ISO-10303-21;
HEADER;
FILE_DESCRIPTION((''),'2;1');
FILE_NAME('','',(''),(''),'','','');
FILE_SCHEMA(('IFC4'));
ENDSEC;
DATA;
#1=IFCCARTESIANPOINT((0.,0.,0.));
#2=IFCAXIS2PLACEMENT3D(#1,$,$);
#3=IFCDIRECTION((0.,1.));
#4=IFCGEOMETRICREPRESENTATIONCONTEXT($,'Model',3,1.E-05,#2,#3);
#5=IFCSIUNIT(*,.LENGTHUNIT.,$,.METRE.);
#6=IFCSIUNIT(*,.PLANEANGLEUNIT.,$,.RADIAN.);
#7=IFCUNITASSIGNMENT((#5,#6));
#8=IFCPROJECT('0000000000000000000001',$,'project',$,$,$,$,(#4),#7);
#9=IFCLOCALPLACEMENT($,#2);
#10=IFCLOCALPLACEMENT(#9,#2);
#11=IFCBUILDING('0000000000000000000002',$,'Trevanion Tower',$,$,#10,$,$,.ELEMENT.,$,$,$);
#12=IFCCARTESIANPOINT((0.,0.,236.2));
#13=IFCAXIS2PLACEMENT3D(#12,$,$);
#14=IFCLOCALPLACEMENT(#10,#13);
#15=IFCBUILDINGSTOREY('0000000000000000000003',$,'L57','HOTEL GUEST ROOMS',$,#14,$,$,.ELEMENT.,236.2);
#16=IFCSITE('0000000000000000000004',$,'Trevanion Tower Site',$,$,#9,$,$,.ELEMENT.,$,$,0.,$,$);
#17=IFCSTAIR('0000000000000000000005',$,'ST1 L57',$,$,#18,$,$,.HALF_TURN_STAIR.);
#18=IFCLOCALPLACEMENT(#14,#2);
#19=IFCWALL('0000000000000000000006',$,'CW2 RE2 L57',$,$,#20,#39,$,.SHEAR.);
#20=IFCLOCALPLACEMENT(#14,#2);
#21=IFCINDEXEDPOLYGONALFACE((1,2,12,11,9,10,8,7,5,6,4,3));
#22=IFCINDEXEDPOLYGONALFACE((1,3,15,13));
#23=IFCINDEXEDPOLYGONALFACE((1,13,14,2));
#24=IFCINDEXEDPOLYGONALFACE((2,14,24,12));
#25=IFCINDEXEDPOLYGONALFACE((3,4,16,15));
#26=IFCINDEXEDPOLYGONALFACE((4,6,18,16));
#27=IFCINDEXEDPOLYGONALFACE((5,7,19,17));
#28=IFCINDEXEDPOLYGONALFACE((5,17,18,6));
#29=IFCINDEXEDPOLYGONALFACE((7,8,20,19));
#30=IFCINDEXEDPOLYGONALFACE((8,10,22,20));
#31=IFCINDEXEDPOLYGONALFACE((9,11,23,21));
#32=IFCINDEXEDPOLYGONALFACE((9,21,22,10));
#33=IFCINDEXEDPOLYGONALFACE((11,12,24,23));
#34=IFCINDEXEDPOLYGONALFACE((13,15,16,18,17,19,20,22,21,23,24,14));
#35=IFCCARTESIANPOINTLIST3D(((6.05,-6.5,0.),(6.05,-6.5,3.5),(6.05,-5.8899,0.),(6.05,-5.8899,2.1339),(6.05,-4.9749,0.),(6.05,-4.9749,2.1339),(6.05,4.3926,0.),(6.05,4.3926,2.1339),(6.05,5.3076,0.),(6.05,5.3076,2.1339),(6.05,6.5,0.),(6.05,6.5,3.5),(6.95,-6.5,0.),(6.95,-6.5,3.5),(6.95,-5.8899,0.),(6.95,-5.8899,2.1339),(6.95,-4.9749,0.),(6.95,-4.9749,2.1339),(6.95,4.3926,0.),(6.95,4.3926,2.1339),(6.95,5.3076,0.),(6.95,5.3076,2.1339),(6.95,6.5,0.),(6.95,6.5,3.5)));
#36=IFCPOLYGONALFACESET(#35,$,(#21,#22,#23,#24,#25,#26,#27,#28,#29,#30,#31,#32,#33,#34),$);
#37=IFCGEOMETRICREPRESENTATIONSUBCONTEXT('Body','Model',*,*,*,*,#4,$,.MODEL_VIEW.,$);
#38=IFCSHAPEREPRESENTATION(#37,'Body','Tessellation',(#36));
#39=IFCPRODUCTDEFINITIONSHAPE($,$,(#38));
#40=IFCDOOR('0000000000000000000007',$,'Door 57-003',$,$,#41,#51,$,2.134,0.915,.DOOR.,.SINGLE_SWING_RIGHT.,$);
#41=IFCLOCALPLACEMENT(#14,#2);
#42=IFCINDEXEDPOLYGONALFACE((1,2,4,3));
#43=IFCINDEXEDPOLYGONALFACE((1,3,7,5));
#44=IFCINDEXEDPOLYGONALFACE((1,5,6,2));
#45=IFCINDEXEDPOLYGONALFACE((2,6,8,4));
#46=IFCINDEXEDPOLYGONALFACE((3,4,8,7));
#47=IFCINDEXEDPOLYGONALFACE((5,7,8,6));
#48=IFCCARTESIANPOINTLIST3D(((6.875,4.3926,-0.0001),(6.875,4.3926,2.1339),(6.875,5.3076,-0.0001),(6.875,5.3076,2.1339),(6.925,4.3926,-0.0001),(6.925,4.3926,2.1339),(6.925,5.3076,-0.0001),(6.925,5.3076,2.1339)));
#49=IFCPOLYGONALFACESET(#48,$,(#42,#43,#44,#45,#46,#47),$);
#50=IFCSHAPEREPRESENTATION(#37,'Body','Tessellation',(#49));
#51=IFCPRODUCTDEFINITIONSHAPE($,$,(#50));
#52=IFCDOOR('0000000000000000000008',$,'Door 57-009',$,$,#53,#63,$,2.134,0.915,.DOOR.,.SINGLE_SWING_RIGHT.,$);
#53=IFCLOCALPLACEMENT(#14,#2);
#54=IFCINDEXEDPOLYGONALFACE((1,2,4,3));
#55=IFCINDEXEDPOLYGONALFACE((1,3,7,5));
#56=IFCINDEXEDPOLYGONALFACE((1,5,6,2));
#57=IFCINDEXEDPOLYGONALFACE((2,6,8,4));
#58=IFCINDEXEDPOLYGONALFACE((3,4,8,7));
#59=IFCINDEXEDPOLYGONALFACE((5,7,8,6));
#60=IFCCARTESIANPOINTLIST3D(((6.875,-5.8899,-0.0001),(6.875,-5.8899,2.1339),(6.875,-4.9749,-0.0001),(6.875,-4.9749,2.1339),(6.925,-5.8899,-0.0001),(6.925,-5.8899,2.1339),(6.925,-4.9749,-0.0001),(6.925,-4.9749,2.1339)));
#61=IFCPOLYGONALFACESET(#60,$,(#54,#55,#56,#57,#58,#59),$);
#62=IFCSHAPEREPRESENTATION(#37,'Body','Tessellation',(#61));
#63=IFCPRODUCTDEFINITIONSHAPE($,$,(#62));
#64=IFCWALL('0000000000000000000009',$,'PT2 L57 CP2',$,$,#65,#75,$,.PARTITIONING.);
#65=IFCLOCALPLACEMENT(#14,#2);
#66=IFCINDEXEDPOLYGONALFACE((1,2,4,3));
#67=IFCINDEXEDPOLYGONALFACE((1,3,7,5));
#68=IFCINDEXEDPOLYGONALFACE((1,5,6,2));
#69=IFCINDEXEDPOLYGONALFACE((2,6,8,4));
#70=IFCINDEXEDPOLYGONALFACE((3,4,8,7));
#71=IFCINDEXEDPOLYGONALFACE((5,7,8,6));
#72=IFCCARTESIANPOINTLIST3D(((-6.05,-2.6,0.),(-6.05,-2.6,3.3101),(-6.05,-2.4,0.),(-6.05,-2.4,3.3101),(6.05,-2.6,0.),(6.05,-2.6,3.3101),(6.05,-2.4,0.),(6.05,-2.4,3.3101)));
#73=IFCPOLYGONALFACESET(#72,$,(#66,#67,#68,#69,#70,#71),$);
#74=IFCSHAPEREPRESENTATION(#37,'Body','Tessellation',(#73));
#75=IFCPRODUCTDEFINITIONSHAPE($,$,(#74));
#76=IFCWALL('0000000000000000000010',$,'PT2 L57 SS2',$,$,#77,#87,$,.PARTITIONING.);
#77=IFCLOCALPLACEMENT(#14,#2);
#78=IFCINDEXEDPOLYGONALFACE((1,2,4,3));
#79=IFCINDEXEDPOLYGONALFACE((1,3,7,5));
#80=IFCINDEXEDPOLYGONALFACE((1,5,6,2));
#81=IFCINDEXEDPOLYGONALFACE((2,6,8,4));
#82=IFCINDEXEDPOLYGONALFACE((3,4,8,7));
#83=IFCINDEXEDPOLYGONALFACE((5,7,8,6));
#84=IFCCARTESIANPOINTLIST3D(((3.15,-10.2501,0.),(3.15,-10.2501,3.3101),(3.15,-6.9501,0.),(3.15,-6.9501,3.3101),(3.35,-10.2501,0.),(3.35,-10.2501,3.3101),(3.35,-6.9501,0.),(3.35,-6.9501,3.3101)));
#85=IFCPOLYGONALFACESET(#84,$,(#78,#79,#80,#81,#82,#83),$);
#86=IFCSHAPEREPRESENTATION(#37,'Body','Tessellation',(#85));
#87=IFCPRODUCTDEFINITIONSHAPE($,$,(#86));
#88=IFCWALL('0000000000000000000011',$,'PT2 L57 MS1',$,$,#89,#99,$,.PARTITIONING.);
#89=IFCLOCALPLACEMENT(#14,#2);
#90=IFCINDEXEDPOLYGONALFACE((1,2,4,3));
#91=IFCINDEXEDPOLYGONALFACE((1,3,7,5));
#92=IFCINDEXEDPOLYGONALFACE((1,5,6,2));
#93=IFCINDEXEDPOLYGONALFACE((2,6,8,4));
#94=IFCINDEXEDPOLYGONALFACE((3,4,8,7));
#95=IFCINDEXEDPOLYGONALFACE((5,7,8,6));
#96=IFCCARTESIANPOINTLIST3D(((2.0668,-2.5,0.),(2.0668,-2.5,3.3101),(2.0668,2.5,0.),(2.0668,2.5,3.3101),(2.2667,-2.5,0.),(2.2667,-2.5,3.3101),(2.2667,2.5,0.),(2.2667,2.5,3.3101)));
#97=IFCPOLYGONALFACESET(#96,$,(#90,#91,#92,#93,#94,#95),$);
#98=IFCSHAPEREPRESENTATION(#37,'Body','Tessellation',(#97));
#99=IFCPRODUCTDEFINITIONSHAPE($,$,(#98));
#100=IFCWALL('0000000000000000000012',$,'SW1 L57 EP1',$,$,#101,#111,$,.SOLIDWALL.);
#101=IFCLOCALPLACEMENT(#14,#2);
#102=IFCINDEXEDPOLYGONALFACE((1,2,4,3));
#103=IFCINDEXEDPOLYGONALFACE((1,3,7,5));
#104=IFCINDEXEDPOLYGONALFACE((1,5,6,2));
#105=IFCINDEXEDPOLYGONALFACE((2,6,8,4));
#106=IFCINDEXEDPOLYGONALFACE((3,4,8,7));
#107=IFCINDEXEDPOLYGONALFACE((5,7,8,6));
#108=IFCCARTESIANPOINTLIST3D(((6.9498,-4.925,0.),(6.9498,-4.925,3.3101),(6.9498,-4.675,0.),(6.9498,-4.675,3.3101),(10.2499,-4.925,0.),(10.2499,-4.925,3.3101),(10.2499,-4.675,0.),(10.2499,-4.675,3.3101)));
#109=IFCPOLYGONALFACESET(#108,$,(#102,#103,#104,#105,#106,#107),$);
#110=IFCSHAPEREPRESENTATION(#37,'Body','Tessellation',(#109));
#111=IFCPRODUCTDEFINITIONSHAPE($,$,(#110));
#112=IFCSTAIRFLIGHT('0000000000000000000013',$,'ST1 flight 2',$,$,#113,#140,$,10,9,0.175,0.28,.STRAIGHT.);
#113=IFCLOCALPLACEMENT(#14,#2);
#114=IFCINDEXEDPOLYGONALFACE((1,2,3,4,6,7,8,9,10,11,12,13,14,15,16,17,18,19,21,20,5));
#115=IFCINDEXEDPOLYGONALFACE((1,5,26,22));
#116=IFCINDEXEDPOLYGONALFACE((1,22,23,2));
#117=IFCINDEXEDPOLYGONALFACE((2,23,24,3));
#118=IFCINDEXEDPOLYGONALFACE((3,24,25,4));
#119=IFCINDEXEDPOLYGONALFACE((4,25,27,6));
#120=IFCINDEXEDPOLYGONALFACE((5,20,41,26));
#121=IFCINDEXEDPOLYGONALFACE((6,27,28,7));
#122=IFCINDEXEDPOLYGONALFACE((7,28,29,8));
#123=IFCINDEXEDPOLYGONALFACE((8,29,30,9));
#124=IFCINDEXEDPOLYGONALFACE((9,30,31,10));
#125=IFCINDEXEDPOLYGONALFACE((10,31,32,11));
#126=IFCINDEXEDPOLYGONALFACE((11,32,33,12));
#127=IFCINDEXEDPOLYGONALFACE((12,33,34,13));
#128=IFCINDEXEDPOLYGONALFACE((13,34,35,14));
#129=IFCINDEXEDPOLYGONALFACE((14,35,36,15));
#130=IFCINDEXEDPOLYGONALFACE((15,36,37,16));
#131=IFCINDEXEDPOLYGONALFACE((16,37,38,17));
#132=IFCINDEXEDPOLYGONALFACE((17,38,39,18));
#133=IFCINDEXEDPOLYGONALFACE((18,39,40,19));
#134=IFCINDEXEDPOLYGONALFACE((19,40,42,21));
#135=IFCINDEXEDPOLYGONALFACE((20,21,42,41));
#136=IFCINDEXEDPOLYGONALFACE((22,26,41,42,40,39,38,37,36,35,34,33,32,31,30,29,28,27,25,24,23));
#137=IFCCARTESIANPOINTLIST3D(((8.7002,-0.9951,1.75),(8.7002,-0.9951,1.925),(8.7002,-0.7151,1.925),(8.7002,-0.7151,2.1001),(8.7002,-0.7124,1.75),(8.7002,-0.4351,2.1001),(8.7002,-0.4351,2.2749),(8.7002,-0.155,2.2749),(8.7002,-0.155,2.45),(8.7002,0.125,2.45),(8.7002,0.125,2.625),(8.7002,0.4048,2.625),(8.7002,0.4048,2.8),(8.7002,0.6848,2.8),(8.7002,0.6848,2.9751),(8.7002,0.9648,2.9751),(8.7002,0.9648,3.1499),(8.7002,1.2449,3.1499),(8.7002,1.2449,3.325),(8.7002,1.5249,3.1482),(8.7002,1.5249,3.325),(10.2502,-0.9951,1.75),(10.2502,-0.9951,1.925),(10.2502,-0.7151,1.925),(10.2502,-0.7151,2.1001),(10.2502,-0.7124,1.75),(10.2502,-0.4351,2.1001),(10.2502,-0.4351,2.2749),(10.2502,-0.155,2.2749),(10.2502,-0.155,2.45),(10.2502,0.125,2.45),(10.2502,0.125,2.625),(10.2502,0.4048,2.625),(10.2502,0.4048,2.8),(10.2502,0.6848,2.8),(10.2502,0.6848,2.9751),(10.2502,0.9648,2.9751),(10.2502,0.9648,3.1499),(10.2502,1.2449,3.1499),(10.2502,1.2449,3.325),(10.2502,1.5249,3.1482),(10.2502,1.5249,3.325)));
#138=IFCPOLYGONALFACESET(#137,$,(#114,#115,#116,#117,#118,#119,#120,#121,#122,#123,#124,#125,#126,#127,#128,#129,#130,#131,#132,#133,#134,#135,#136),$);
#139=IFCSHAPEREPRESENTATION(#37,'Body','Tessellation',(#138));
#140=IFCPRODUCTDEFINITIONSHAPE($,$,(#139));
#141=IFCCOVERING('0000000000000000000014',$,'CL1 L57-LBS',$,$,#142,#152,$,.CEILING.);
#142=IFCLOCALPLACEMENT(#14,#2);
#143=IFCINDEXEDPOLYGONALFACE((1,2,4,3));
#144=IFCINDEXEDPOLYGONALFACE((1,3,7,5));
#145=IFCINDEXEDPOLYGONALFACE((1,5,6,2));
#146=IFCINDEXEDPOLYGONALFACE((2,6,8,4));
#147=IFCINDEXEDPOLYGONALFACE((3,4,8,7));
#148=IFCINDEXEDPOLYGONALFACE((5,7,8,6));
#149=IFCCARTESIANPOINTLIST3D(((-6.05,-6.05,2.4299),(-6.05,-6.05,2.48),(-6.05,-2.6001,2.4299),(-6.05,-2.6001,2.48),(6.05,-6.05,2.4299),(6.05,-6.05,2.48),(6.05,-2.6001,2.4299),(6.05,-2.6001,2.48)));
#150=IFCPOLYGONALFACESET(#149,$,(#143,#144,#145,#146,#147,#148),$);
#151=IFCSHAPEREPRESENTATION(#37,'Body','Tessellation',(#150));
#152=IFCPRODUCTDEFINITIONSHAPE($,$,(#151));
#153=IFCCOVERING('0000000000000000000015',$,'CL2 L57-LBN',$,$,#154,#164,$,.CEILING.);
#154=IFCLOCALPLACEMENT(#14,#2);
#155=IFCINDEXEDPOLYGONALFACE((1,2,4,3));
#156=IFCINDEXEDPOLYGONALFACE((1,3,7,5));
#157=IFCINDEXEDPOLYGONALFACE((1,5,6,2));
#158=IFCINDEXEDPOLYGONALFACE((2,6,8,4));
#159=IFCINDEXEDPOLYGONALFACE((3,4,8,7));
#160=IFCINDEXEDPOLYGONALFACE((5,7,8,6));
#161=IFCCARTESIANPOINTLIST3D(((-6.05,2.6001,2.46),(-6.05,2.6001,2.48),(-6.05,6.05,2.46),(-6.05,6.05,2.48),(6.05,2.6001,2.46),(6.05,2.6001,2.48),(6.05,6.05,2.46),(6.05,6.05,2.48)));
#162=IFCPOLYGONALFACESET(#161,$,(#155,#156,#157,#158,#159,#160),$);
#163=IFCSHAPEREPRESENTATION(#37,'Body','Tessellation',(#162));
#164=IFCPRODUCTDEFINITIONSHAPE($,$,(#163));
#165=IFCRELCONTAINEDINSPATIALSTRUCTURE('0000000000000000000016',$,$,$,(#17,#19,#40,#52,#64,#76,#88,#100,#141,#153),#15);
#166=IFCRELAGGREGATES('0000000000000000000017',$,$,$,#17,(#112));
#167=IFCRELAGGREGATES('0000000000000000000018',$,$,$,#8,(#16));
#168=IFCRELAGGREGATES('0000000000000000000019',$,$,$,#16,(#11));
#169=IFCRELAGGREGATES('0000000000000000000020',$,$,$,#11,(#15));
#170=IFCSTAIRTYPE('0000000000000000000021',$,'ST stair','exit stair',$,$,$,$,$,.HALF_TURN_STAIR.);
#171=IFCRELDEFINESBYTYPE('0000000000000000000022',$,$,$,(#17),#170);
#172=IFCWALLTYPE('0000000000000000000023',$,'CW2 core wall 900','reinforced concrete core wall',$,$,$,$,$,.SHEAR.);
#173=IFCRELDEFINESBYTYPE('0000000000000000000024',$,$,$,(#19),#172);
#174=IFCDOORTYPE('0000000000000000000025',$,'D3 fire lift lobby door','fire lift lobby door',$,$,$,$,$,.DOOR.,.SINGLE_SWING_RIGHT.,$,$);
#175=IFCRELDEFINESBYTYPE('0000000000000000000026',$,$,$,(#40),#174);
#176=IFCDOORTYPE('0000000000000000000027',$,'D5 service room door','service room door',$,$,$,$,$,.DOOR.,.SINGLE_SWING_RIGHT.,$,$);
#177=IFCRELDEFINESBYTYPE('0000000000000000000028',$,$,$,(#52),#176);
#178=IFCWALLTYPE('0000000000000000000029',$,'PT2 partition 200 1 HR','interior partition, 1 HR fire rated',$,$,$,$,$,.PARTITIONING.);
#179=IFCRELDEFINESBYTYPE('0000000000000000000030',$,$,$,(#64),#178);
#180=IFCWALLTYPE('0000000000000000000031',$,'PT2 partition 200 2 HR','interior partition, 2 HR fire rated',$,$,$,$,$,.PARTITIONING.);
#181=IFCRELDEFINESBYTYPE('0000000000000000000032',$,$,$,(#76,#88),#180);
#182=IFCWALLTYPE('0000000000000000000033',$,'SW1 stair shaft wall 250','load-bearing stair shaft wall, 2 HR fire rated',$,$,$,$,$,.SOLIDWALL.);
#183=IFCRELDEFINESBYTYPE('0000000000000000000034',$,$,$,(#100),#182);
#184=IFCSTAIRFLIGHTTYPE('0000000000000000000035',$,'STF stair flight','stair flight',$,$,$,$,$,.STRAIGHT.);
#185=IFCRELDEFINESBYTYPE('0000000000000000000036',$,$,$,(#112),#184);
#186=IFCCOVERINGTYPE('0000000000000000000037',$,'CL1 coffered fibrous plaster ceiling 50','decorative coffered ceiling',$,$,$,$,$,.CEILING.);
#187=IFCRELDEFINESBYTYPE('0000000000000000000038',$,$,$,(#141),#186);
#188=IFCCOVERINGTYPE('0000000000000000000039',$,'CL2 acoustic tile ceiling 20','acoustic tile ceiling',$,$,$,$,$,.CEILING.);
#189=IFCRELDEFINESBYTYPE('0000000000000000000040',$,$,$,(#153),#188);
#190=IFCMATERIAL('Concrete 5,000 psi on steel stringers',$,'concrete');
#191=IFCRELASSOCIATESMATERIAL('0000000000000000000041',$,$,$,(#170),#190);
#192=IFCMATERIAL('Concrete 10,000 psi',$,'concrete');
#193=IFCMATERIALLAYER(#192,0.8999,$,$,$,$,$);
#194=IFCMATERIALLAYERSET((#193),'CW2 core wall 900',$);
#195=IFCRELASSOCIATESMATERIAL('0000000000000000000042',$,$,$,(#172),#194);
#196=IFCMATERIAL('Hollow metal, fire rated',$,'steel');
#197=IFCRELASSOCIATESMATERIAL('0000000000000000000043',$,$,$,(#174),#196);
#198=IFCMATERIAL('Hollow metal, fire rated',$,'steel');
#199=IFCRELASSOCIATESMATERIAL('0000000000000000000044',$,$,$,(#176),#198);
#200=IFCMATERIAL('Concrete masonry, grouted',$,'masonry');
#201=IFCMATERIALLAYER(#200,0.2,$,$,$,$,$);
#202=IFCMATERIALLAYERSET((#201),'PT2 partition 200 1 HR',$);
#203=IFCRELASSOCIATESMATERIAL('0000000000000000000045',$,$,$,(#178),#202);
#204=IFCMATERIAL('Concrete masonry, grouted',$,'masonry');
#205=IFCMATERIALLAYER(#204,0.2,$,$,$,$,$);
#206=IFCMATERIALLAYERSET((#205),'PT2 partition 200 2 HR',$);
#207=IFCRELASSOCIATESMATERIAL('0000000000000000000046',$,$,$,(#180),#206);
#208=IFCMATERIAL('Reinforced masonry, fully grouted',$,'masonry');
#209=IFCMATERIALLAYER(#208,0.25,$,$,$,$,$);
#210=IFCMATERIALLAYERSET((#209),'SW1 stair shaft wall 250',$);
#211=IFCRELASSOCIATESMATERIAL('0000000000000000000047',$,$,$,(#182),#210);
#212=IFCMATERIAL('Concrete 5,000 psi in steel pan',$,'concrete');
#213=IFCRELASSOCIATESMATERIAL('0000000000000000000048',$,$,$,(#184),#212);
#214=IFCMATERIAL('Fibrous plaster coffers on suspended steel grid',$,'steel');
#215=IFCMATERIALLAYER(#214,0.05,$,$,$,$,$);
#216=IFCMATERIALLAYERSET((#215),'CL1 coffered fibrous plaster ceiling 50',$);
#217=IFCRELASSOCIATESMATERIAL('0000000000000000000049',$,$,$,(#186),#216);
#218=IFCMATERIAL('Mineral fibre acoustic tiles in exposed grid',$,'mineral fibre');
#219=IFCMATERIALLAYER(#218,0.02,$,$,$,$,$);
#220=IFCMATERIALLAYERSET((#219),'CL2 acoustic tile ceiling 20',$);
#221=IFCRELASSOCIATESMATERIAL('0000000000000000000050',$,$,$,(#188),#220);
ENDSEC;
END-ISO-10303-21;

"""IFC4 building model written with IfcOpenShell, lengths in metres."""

from ifc_helpers import new_model, si_unit, direction, frame, frame_2d, origin, place, context, subcontext, project, spatial, polyline, rectangle, outline, extrude, material, layer, layer_set, type_object, element, fill, aggregate, save


model = new_model("IFC4")

# Units and contexts
model_context = context("Model", 3, precision=1e-05, world=origin(), true_north=direction((0.0, 1.0)))
body_context = subcontext(model_context, "Body", "Model", "MODEL_VIEW")
ifc_project = project(units=[si_unit("LENGTHUNIT", "METRE"), si_unit("PLANEANGLEUNIT", "RADIAN")], contexts=[model_context])

# Site, building, storey
site_placement = place(None, origin())
site = spatial("IfcSite", under=ifc_project, at=site_placement, Name="Trevanion Tower Site", CompositionType="ELEMENT", RefElevation=0.0)
building_placement = place(site_placement, origin())
building = spatial("IfcBuilding", under=site, at=building_placement, Name="Trevanion Tower", CompositionType="ELEMENT")
storey_placement = place(building_placement, frame((0.0, 0.0, 236.2)))
storey = spatial("IfcBuildingStorey", under=building, at=storey_placement, Name="L57", Description="HOTEL GUEST ROOMS", CompositionType="ELEMENT", Elevation=236.2)

# Stair
ifc_material_1 = material(Name="Concrete 5,000 psi on steel stringers", Category="concrete")
stair_type = type_object("IfcStairType", Name="ST stair", Description="exit stair", PredefinedType="HALF_TURN_STAIR", material=ifc_material_1)
stair_1_placement = place(storey_placement, origin())
stair_1 = element("IfcStair", 1, at=stair_1_placement, inside=storey, type_object=stair_type, Name="ST1 L57", PredefinedType="HALF_TURN_STAIR")

# Wall, openings, doors
ifc_material_2 = material(Name="Concrete 10,000 psi", Category="concrete")
ifc_layer_1 = layer(ifc_material_2, 0.8999)
ifc_layer_set_1 = layer_set([ifc_layer_1], Name="CW2 core wall 900")
wall_type_1 = type_object("IfcWallType", Name="CW2 core wall 900", Description="reinforced concrete core wall", PredefinedType="SHEAR", material=ifc_layer_set_1)
wall_1_placement = place(storey_placement, frame((6.5, -6.5, 0.0), z_axis=(0.0, 0.0, 1.0), x_axis=(0.0, 1.0, 0.0)))
wall_1 = element("IfcWall", 2, at=wall_1_placement, inside=storey, type_object=wall_type_1, Name="CW2 RE2 L57", PredefinedType="SHEAR", context=body_context, shape_type="SweptSolid", body=[
    extrude(rectangle(XDim=13.0, YDim=0.8999, at=frame_2d((6.5, 0.0))), origin(), (0.0, 0.0, 1.0), 3.5),
])
opening_1_placement = place(wall_1_placement, frame((10.8926, 0.0, 0.0)))
opening_1 = element("IfcOpeningElement", 3, at=opening_1_placement, cuts=wall_1, PredefinedType="OPENING", context=body_context, shape_type="SweptSolid", body=[
    extrude(rectangle(XDim=0.915, YDim=2.134, at=frame_2d((0.4575, 1.0669))), frame((0.0, 0.46, 0.0), z_axis=(0.0, -1.0, 0.0), x_axis=(1.0, 0.0, 0.0)), (0.0, 0.0, 1.0), 0.9199),
])
opening_2_placement = place(wall_1_placement, frame((0.6101, 0.0, 0.0)))
opening_2 = element("IfcOpeningElement", 4, at=opening_2_placement, cuts=wall_1, PredefinedType="OPENING", context=body_context, shape_type="SweptSolid", body=[
    extrude(rectangle(XDim=0.915, YDim=2.134, at=frame_2d((0.4575, 1.0669))), frame((0.0, 0.46, 0.0), z_axis=(0.0, -1.0, 0.0), x_axis=(1.0, 0.0, 0.0)), (0.0, 0.0, 1.0), 0.9199),
])
ifc_material_3 = material(Name="Hollow metal, fire rated", Category="steel")
door_type_1 = type_object("IfcDoorType", Name="D3 fire lift lobby door", Description="fire lift lobby door", OperationType="SINGLE_SWING_RIGHT", PredefinedType="DOOR", material=ifc_material_3)
door_1_placement = place(opening_1_placement, origin())
door_1 = element("IfcDoor", 5, at=door_1_placement, inside=storey, type_object=door_type_1, Name="Door 57-003", OperationType="SINGLE_SWING_RIGHT", OverallHeight=2.134, OverallWidth=0.915, PredefinedType="DOOR", context=body_context, shape_type="SweptSolid", body=[
    extrude(rectangle(XDim=0.915, YDim=2.134, at=frame_2d((0.4575, 1.0669))), frame((0.0, -0.375, 0.0), z_axis=(0.0, -1.0, 0.0), x_axis=(1.0, 0.0, 0.0)), (0.0, 0.0, 1.0), 0.05),
])
fill(opening_1, door_1)
ifc_material_4 = material(Name="Hollow metal, fire rated", Category="steel")
door_type_2 = type_object("IfcDoorType", Name="D5 service room door", Description="service room door", OperationType="SINGLE_SWING_RIGHT", PredefinedType="DOOR", material=ifc_material_4)
door_2_placement = place(opening_2_placement, origin())
door_2 = element("IfcDoor", 6, at=door_2_placement, inside=storey, type_object=door_type_2, Name="Door 57-009", OperationType="SINGLE_SWING_RIGHT", OverallHeight=2.134, OverallWidth=0.915, PredefinedType="DOOR", context=body_context, shape_type="SweptSolid", body=[
    extrude(rectangle(XDim=0.915, YDim=2.134, at=frame_2d((0.4575, 1.0669))), frame((0.0, -0.375, 0.0), z_axis=(0.0, -1.0, 0.0), x_axis=(1.0, 0.0, 0.0)), (0.0, 0.0, 1.0), 0.05),
])
fill(opening_2, door_2)

# Walls
ifc_material_5 = material(Name="Concrete masonry, grouted", Category="masonry")
ifc_layer_2 = layer(ifc_material_5, 0.2)
ifc_layer_set_2 = layer_set([ifc_layer_2], Name="PT2 partition 200 1 HR")
wall_type_2 = type_object("IfcWallType", Name="PT2 partition 200 1 HR", Description="interior partition, 1 HR fire rated", PredefinedType="PARTITIONING", material=ifc_layer_set_2)
wall_2_placement = place(storey_placement, frame((6.05, -2.5, 0.0), z_axis=(0.0, 0.0, 1.0), x_axis=(-1.0, 0.0, 0.0)))
element("IfcWall", 7, at=wall_2_placement, inside=storey, type_object=wall_type_2, Name="PT2 L57 CP2", PredefinedType="PARTITIONING", context=body_context, shape_type="SweptSolid", body=[
    extrude(rectangle(XDim=12.1001, YDim=0.2, at=frame_2d((6.05, 0.0))), origin(), (0.0, 0.0, 1.0), 3.3101),
])
ifc_material_6 = material(Name="Concrete masonry, grouted", Category="masonry")
ifc_layer_3 = layer(ifc_material_6, 0.2)
ifc_layer_set_3 = layer_set([ifc_layer_3], Name="PT2 partition 200 2 HR")
wall_type_3 = type_object("IfcWallType", Name="PT2 partition 200 2 HR", Description="interior partition, 2 HR fire rated", PredefinedType="PARTITIONING", material=ifc_layer_set_3)
wall_3_placement = place(storey_placement, frame((3.25, -10.25, 0.0), z_axis=(0.0, 0.0, 1.0), x_axis=(0.0, 1.0, 0.0)))
element("IfcWall", 8, at=wall_3_placement, inside=storey, type_object=wall_type_3, Name="PT2 L57 SS2", PredefinedType="PARTITIONING", context=body_context, shape_type="SweptSolid", body=[
    extrude(rectangle(XDim=3.3, YDim=0.2, at=frame_2d((1.6499, 0.0))), origin(), (0.0, 0.0, 1.0), 3.3101),
])
wall_4_placement = place(storey_placement, frame((2.1667, -2.5, 0.0), z_axis=(0.0, 0.0, 1.0), x_axis=(0.0, 1.0, 0.0)))
element("IfcWall", 9, at=wall_4_placement, inside=storey, type_object=wall_type_3, Name="PT2 L57 MS1", PredefinedType="PARTITIONING", context=body_context, shape_type="SweptSolid", body=[
    extrude(rectangle(XDim=5.0, YDim=0.2, at=frame_2d((2.5, 0.0))), origin(), (0.0, 0.0, 1.0), 3.3101),
])
ifc_material_7 = material(Name="Reinforced masonry, fully grouted", Category="masonry")
ifc_layer_4 = layer(ifc_material_7, 0.25)
ifc_layer_set_4 = layer_set([ifc_layer_4], Name="SW1 stair shaft wall 250")
wall_type_4 = type_object("IfcWallType", Name="SW1 stair shaft wall 250", Description="load-bearing stair shaft wall, 2 HR fire rated", PredefinedType="SOLIDWALL", material=ifc_layer_set_4)
wall_5_placement = place(storey_placement, frame((6.95, -4.8, 0.0), z_axis=(0.0, 0.0, 1.0), x_axis=(1.0, 0.0, 0.0)))
element("IfcWall", 10, at=wall_5_placement, inside=storey, type_object=wall_type_4, Name="SW1 L57 EP1", PredefinedType="SOLIDWALL", context=body_context, shape_type="SweptSolid", body=[
    extrude(rectangle(XDim=3.3, YDim=0.25, at=frame_2d((1.6499, 0.0))), origin(), (0.0, 0.0, 1.0), 3.3101),
])

# Stair flight
ifc_material_8 = material(Name="Concrete 5,000 psi in steel pan", Category="concrete")
stair_flight_type = type_object("IfcStairFlightType", Name="STF stair flight", Description="stair flight", PredefinedType="STRAIGHT", material=ifc_material_8)
stair_flight_placement = place(storey_placement, frame((9.4751, -0.9951, 1.75), z_axis=(0.0, 0.0, 1.0), x_axis=(0.0, 1.0, 0.0)))
stair_flight = element("IfcStairFlight", 11, at=stair_flight_placement, type_object=stair_flight_type, Name="ST1 flight 2", NumberOfRisers=10, NumberOfTreads=9, PredefinedType="STRAIGHT", RiserHeight=0.175, TreadLength=0.28, context=body_context, shape_type="SweptSolid", body=[
    extrude(outline(polyline([(0.0, 0.0), (0.0, 0.175), (0.28, 0.175), (0.28, 0.3501), (0.5601, 0.3501), (0.5601, 0.5249), (0.8401, 0.5249), (0.8401, 0.7), (1.1201, 0.7), (1.1201, 0.875), (1.3999, 0.875), (1.3999, 1.05), (1.6799, 1.05), (1.6799, 1.2251), (1.96, 1.2251), (1.96, 1.3999), (2.24, 1.3999), (2.24, 1.575), (2.52, 1.575), (2.52, 1.75), (2.52, 1.3982), (0.2827, 0.0), (0.0, 0.0)])), frame((0.0, 0.7749, 0.0), z_axis=(0.0, -1.0, 0.0), x_axis=(1.0, 0.0, 0.0)), (0.0, 0.0, 1.0), 1.55),
])
aggregate(stair_1, [stair_flight])

# Coverings
ifc_material_9 = material(Name="Fibrous plaster coffers on suspended steel grid", Category="steel")
ifc_layer_5 = layer(ifc_material_9, 0.05)
ifc_layer_set_5 = layer_set([ifc_layer_5], Name="CL1 coffered fibrous plaster ceiling 50")
covering_type_1 = type_object("IfcCoveringType", Name="CL1 coffered fibrous plaster ceiling 50", Description="decorative coffered ceiling", PredefinedType="CEILING", material=ifc_layer_set_5)
covering_1_placement = place(storey_placement, frame((0.0, 0.0, 2.4299)))
element("IfcCovering", 12, at=covering_1_placement, inside=storey, type_object=covering_type_1, Name="CL1 L57-LBS", PredefinedType="CEILING", context=body_context, shape_type="SweptSolid", body=[
    extrude(outline(polyline([(6.05, -6.05), (6.05, -2.6001), (-6.05, -2.6001), (-6.05, -6.05), (6.05, -6.05)])), origin(), (0.0, 0.0, 1.0), 0.05),
])
ifc_material_10 = material(Name="Mineral fibre acoustic tiles in exposed grid", Category="mineral fibre")
ifc_layer_6 = layer(ifc_material_10, 0.02)
ifc_layer_set_6 = layer_set([ifc_layer_6], Name="CL2 acoustic tile ceiling 20")
covering_type_2 = type_object("IfcCoveringType", Name="CL2 acoustic tile ceiling 20", Description="acoustic tile ceiling", PredefinedType="CEILING", material=ifc_layer_set_6)
covering_2_placement = place(storey_placement, frame((0.0, 0.0, 2.46)))
element("IfcCovering", 13, at=covering_2_placement, inside=storey, type_object=covering_type_2, Name="CL2 L57-LBN", PredefinedType="CEILING", context=body_context, shape_type="SweptSolid", body=[
    extrude(outline(polyline([(6.05, 2.6001), (6.05, 6.05), (-6.05, 6.05), (-6.05, 2.6001), (6.05, 2.6001)])), origin(), (0.0, 0.0, 1.0), 0.02),
])

save(model, "model.ifc")
